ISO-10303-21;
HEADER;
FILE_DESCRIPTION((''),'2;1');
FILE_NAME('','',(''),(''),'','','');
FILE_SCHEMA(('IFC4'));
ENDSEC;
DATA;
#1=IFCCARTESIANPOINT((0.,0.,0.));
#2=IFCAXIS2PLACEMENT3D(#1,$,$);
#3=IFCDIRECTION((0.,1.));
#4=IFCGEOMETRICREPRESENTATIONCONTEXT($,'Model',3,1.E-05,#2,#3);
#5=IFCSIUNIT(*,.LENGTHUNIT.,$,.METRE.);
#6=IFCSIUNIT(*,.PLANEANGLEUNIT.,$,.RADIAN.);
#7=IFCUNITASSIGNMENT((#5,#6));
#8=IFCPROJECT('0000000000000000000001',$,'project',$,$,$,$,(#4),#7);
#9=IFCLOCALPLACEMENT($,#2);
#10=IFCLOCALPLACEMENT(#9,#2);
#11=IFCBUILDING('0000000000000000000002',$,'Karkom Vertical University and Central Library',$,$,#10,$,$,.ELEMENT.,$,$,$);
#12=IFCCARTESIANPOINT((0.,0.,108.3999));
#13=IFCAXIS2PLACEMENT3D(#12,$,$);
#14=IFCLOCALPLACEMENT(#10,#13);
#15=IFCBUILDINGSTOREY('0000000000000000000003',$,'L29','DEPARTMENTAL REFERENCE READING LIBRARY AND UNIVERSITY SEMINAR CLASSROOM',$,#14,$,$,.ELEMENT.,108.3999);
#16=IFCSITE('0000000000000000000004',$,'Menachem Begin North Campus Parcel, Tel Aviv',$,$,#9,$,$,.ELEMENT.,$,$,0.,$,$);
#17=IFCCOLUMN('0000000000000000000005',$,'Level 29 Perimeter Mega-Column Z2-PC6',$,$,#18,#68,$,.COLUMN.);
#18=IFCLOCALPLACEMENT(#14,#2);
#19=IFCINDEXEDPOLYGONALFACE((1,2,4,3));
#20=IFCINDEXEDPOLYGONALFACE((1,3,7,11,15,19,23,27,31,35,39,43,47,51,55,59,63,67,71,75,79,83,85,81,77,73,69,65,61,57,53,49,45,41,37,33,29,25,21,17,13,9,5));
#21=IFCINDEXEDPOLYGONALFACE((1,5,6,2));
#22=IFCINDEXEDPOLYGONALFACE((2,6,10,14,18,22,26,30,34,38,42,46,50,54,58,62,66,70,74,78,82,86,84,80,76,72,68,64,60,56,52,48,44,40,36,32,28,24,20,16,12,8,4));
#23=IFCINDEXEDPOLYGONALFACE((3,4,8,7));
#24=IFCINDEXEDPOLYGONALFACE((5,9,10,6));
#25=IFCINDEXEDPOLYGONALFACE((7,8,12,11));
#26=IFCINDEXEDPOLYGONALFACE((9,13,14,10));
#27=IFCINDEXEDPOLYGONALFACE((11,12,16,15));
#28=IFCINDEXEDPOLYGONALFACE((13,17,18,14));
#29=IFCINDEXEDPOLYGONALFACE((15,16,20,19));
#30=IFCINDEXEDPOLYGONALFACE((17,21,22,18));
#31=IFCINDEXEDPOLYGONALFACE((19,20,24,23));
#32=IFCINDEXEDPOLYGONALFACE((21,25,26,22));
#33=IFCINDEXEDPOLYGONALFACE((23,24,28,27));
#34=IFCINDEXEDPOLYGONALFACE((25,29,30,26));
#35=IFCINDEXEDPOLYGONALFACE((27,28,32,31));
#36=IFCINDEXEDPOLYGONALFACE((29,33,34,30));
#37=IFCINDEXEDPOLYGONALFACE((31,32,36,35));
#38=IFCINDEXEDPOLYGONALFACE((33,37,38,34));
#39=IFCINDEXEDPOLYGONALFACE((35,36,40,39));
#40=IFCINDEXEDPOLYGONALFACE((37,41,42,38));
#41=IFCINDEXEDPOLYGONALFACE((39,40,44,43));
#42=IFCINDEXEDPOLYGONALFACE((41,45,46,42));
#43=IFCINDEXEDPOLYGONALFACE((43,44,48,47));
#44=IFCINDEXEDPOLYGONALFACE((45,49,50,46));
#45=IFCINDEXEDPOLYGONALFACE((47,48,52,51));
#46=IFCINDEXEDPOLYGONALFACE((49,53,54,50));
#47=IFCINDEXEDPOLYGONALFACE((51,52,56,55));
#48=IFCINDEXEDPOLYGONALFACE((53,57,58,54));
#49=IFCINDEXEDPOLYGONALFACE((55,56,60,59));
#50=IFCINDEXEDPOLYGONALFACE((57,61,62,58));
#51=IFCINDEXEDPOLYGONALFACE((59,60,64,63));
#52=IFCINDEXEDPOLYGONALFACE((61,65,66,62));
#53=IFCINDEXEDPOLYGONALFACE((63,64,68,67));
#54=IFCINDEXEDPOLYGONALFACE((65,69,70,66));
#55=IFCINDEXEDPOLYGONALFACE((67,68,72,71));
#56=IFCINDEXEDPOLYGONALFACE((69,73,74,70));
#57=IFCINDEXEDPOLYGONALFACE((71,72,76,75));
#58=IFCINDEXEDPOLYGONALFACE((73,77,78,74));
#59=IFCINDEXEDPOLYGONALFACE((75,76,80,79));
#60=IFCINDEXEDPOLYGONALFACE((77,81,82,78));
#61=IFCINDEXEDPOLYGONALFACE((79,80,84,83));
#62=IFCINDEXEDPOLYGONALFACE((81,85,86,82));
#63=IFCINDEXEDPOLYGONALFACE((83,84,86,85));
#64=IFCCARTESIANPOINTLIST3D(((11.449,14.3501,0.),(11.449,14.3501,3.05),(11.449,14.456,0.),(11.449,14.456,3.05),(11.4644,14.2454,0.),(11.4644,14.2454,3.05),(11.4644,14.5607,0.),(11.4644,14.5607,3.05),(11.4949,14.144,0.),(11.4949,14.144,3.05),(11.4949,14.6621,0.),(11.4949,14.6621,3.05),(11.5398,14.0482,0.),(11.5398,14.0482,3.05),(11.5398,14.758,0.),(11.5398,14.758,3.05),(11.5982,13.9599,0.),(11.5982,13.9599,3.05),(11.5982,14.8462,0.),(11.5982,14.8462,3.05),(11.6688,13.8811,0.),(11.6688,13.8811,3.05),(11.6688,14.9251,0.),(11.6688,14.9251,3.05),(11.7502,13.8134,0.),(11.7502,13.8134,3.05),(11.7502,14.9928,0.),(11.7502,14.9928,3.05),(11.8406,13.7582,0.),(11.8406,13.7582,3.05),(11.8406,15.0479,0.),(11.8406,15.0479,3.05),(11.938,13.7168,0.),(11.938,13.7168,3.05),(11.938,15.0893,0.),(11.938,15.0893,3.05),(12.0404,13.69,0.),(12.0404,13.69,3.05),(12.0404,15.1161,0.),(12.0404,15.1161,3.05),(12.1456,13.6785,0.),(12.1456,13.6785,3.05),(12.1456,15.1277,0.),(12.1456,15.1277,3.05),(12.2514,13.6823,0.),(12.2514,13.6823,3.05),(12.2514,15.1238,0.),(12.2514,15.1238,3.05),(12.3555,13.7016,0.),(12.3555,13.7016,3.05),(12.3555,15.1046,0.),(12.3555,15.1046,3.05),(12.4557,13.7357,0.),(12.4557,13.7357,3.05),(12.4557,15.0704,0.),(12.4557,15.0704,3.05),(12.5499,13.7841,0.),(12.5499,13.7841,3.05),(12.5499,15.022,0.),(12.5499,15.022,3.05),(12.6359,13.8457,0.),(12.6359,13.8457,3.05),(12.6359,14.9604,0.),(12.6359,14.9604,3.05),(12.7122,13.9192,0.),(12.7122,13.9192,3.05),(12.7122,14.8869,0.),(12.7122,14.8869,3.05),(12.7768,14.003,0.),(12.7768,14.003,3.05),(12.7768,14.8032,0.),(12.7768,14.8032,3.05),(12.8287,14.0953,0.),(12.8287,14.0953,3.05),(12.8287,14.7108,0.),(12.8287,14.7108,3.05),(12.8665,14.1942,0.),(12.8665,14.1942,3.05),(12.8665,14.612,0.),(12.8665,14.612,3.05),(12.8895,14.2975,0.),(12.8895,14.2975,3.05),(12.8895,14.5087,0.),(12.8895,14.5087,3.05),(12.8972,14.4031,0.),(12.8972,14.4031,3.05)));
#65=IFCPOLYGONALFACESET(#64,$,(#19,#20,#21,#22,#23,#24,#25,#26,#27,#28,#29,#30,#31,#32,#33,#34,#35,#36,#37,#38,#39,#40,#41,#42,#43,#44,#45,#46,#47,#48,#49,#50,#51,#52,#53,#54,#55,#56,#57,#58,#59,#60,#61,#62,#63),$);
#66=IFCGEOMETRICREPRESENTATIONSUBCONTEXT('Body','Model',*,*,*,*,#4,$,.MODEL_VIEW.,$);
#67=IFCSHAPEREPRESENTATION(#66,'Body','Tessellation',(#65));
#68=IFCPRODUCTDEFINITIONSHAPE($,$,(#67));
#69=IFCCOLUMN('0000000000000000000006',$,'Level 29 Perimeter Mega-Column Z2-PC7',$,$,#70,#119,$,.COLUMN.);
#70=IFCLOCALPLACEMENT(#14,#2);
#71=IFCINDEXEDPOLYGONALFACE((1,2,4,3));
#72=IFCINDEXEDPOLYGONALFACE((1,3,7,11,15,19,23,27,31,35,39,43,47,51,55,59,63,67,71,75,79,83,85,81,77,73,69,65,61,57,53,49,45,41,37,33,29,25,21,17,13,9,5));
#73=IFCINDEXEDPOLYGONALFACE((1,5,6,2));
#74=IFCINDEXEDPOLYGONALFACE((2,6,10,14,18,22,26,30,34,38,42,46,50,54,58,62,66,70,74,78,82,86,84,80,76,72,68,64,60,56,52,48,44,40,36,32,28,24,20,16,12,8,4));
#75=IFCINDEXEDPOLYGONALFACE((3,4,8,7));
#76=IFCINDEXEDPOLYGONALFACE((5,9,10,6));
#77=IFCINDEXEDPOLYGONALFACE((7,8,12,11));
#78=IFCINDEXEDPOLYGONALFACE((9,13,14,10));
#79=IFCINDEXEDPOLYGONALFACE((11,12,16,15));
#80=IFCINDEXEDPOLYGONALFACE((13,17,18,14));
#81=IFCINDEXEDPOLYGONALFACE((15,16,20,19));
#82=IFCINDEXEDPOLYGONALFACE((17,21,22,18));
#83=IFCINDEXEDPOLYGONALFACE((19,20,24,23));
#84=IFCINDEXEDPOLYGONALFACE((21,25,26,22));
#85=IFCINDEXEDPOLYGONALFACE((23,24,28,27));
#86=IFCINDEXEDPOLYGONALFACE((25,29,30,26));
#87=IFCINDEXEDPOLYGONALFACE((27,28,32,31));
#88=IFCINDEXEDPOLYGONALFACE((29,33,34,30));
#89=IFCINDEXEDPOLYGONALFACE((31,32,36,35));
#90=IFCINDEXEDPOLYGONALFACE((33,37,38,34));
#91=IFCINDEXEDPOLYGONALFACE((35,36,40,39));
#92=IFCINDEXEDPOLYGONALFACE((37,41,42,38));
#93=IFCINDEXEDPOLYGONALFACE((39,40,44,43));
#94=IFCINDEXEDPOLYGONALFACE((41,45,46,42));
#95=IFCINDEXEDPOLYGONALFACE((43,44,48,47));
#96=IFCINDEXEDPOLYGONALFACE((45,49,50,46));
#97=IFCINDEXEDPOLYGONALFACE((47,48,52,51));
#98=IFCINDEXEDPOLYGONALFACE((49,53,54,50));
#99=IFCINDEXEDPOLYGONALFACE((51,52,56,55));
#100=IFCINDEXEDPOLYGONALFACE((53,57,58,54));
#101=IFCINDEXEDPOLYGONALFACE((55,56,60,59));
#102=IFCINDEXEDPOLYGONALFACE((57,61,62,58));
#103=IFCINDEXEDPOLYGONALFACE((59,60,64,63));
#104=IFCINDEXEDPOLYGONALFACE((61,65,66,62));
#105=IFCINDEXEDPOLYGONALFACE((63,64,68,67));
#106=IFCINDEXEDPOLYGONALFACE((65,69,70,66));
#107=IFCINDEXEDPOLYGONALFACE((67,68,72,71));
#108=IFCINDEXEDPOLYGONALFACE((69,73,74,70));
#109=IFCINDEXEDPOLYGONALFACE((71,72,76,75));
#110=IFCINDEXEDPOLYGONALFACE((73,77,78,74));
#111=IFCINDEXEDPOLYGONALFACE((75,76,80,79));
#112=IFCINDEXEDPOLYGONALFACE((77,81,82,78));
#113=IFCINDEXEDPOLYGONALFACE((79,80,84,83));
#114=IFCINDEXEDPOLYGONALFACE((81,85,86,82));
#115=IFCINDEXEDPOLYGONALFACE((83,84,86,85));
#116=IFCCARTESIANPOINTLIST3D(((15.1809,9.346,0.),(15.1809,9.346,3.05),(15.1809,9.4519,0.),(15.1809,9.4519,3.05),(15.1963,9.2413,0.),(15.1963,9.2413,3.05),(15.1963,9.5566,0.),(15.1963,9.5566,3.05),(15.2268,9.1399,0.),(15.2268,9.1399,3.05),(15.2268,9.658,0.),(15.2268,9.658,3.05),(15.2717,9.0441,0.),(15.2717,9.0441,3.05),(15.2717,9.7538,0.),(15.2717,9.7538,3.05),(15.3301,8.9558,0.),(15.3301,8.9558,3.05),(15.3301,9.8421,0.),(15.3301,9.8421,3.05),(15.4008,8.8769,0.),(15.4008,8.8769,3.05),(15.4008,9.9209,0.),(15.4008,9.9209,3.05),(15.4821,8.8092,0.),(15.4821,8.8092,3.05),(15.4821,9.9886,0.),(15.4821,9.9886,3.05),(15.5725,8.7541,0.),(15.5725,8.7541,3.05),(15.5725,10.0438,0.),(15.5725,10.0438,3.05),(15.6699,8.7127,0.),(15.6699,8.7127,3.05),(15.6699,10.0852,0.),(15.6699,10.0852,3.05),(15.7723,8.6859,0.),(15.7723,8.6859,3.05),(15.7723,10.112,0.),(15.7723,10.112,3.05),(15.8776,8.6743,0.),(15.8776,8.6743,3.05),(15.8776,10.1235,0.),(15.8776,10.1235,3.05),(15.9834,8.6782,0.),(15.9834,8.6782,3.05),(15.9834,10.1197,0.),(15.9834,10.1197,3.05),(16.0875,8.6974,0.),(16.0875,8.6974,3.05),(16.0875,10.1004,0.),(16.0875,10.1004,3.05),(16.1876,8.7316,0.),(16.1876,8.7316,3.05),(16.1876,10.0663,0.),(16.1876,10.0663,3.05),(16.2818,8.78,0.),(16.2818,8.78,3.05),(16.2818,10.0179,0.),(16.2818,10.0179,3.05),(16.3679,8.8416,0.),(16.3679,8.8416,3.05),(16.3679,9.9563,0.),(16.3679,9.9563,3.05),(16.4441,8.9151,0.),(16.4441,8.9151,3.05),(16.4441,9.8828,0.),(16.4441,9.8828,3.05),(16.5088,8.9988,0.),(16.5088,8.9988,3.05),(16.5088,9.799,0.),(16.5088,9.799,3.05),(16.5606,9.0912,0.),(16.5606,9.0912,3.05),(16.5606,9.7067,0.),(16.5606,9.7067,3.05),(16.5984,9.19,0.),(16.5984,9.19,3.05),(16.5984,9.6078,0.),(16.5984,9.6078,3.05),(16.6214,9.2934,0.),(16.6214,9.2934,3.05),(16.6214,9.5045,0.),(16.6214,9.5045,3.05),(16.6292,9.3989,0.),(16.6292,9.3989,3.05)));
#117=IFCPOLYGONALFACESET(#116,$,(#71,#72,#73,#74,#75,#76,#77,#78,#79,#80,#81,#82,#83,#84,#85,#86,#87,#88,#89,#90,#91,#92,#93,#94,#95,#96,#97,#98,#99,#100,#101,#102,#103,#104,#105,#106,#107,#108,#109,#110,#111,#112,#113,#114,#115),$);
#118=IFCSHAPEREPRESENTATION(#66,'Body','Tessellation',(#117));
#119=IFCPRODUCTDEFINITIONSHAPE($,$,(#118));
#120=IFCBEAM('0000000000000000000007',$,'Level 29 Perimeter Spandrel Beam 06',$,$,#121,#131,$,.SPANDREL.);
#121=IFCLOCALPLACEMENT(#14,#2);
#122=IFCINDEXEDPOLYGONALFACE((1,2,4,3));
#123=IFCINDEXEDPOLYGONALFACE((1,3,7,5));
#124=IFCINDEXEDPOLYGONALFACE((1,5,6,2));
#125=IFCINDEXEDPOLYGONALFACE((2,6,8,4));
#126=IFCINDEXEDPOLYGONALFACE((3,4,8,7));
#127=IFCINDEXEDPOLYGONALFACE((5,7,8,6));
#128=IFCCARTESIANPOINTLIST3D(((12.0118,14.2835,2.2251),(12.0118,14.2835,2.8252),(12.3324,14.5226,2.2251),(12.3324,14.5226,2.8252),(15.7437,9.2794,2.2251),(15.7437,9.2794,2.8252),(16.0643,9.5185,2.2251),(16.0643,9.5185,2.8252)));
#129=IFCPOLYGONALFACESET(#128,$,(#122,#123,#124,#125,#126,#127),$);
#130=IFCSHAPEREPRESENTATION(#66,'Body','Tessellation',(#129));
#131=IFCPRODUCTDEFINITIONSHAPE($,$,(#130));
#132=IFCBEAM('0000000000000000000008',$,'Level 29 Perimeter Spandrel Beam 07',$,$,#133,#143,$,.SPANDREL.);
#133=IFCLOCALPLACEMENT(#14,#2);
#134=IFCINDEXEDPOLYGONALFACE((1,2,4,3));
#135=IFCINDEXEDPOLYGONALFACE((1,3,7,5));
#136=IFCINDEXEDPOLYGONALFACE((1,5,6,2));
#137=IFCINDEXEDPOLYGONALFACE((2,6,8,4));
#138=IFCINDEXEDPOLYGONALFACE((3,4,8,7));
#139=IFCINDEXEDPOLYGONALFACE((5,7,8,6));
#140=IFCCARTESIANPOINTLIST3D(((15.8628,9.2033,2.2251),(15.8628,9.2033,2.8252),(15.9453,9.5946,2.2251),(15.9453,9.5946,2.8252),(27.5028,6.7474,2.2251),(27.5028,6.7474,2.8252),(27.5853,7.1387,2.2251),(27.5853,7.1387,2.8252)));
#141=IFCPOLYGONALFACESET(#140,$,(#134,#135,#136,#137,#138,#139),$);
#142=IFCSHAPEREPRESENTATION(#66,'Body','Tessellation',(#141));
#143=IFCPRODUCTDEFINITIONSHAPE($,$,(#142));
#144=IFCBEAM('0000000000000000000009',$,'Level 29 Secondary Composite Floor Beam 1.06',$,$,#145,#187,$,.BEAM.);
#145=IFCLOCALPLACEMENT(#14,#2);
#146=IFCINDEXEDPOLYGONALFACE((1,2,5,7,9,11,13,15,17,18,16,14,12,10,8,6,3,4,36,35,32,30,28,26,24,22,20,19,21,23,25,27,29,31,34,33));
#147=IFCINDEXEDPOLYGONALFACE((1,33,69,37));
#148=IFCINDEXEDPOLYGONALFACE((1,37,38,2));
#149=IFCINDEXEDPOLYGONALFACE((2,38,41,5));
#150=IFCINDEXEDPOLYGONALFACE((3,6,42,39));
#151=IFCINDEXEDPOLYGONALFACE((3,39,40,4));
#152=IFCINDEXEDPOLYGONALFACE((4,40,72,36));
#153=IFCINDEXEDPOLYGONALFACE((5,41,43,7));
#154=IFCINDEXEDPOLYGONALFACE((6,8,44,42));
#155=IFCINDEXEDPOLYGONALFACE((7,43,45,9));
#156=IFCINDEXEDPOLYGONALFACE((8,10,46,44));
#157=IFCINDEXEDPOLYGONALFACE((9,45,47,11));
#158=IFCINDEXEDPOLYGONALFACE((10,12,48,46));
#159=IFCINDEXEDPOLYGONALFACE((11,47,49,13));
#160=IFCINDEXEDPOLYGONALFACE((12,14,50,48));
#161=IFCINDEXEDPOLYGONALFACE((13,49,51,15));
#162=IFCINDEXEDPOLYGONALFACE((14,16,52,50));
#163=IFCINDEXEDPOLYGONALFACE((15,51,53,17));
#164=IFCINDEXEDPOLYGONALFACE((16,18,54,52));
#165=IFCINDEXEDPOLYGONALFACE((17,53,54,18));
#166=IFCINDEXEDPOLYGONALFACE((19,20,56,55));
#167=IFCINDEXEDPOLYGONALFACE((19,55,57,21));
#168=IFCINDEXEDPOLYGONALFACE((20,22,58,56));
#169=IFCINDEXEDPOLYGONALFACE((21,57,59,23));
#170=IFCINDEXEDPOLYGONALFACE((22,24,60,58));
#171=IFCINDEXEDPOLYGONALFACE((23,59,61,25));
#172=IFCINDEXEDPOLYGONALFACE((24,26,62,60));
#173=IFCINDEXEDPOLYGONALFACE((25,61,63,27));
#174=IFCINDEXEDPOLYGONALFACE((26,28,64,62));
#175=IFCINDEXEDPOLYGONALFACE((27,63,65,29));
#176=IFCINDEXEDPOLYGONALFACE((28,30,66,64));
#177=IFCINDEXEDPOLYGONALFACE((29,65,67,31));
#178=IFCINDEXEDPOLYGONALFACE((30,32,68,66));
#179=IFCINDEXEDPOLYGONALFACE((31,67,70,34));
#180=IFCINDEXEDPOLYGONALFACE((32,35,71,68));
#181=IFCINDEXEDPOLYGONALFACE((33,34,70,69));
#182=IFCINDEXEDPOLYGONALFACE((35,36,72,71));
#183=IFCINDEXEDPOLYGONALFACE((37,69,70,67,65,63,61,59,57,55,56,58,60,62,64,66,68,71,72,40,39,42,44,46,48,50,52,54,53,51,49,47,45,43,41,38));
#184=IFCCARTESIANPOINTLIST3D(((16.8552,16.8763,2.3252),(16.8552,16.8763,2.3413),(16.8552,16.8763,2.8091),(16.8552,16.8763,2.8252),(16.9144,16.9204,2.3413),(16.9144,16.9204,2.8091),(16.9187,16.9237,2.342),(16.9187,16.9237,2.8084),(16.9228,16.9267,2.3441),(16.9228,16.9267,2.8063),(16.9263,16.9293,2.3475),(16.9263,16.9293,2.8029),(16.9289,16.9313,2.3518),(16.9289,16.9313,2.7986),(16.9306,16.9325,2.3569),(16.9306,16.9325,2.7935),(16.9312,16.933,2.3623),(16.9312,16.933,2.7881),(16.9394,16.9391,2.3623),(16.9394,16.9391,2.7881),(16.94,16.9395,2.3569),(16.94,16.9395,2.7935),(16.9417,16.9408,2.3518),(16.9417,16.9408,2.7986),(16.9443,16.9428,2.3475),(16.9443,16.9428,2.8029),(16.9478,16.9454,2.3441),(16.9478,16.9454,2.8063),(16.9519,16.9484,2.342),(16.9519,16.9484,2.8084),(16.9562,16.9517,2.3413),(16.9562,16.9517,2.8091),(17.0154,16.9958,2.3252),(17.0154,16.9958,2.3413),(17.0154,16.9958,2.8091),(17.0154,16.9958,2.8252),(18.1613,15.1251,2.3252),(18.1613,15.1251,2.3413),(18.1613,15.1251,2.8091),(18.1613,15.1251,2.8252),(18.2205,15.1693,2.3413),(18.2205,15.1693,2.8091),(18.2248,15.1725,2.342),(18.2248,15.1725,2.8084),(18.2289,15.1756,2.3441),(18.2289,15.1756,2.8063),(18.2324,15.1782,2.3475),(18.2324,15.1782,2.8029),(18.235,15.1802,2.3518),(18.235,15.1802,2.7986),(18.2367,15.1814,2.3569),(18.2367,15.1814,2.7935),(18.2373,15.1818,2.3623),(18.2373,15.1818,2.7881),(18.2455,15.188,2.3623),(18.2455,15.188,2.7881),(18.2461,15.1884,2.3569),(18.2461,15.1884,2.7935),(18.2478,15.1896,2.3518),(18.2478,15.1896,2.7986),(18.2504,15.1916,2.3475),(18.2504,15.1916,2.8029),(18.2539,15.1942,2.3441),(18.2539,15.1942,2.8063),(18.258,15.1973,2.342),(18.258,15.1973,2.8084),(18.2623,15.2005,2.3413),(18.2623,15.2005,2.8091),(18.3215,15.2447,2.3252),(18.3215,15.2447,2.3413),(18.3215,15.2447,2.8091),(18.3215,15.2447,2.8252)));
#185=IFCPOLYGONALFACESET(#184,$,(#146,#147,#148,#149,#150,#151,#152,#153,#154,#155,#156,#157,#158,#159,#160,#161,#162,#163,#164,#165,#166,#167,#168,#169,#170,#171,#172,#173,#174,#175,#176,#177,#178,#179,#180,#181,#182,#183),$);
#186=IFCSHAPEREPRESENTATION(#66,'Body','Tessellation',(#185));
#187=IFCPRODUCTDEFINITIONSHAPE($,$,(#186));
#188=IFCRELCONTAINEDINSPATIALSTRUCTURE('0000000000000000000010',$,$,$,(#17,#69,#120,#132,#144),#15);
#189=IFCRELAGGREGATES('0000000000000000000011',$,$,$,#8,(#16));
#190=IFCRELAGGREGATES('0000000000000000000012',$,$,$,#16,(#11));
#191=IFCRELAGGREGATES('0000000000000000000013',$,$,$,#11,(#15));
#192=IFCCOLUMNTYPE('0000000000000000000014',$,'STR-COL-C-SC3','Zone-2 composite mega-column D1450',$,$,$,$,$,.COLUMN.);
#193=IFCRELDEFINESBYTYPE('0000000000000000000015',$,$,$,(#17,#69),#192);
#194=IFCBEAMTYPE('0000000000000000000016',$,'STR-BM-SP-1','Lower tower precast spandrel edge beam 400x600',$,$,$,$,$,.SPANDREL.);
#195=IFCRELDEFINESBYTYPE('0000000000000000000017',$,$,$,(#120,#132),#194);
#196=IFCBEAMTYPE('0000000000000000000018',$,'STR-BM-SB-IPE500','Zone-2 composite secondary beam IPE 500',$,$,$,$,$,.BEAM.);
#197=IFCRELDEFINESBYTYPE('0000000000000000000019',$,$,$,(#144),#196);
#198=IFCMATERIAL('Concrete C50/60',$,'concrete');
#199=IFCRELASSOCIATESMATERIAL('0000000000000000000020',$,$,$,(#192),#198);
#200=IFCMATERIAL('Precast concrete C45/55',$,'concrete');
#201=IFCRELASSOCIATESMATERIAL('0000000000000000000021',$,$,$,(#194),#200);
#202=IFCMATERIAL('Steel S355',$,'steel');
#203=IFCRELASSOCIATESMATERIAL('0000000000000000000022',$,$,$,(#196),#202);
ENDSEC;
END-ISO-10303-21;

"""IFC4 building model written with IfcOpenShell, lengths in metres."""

from ifc_helpers import new_model, si_unit, direction, frame, origin, origin_with_axes, origin_2d, place, context, subcontext, project, spatial, rectangle, circle, i_section, extrude, source, transform, mapped, material, material_profile, profile_set, type_object, element, save


model = new_model("IFC4")

# Units and contexts
model_context = context("Model", 3, precision=1e-05, world=origin(), true_north=direction((0.0, 1.0)))
body_context = subcontext(model_context, "Body", "Model", "MODEL_VIEW")
ifc_project = project(units=[si_unit("LENGTHUNIT", "METRE"), si_unit("PLANEANGLEUNIT", "RADIAN")], contexts=[model_context])

# Site, building, storey
site_placement = place(None, origin())
site = spatial("IfcSite", under=ifc_project, at=site_placement, Name="Menachem Begin North Campus Parcel, Tel Aviv", CompositionType="ELEMENT", RefElevation=0.0)
building_placement = place(site_placement, origin())
building = spatial("IfcBuilding", under=site, at=building_placement, Name="Karkom Vertical University and Central Library", CompositionType="ELEMENT")
storey_placement = place(building_placement, frame((0.0, 0.0, 108.3999)))
storey = spatial("IfcBuildingStorey", under=building, at=storey_placement, Name="L29", Description="DEPARTMENTAL REFERENCE READING LIBRARY AND UNIVERSITY SEMINAR CLASSROOM", CompositionType="ELEMENT", Elevation=108.3999)

# Columns
ifc_material_1 = material(Name="Concrete C50/60", Category="concrete")
ifc_material_profile_1 = material_profile(ifc_material_1, circle(Radius=0.7251, at=origin_2d()), Name="CFT-D1450")
ifc_profile_set_1 = profile_set([ifc_material_profile_1], Name="Concrete C50/60")
column_type = type_object("IfcColumnType", Name="STR-COL-C-SC3", Description="Zone-2 composite mega-column D1450", PredefinedType="COLUMN", material=ifc_profile_set_1)
shared_shape_1 = source(origin_with_axes(), body_context, "Body", "SweptSolid", [
    extrude(circle(Radius=0.7251, at=origin_2d()), origin(), (0.0, 0.0, 1.0), 3.05),
])
for number, where, z_axis, x_axis, name in (
    (1, (12.1721, 14.4031, 0.0), (0.0, 0.0, 1.0), (1.0, 0.0, 0.0), "Level 29 Perimeter Mega-Column Z2-PC6"),
    (2, (15.9041, 9.3989, 0.0), (0.0, 0.0, 1.0), (1.0, 0.0, 0.0), "Level 29 Perimeter Mega-Column Z2-PC7"),
):
    element("IfcColumn", number, at=place(storey_placement, frame(where, z_axis=z_axis, x_axis=x_axis)), inside=storey, type_object=column_type, Name=name, PredefinedType="COLUMN", context=body_context, shape_type="MappedRepresentation", body=[
        mapped(shared_shape_1, transform((0.0, 0.0, 0.0), scale=1.0)),
    ])

# Beams
ifc_material_2 = material(Name="Precast concrete C45/55", Category="concrete")
ifc_material_profile_2 = material_profile(ifc_material_2, rectangle(XDim=0.3999, YDim=0.6001, at=origin_2d()), Name="SPB-400x600")
ifc_profile_set_2 = profile_set([ifc_material_profile_2], Name="Precast concrete C45/55")
beam_type_1 = type_object("IfcBeamType", Name="STR-BM-SP-1", Description="Lower tower precast spandrel edge beam 400x600", PredefinedType="SPANDREL", material=ifc_profile_set_2)
shared_shape_2 = source(origin_with_axes(), body_context, "Body", "SweptSolid", [
    extrude(rectangle(XDim=0.3999, YDim=0.6001, at=origin_2d()), origin(), (0.0, 0.0, 1.0), 6.2424),
])
beam_1_placement = place(storey_placement, frame((12.1721, 14.4031, 2.5251), z_axis=(0.597826, -0.801626, 0.0), x_axis=(0.801626, 0.597826, 0.0)))
element("IfcBeam", 3, at=beam_1_placement, inside=storey, type_object=beam_type_1, Name="Level 29 Perimeter Spandrel Beam 06", PredefinedType="SPANDREL", context=body_context, shape_type="MappedRepresentation", body=[
    mapped(shared_shape_2, transform((0.0, 0.0, 0.0), scale=1.0)),
])
shared_shape_3 = source(origin_with_axes(), body_context, "Body", "SweptSolid", [
    extrude(rectangle(XDim=0.3999, YDim=0.6001, at=origin_2d()), origin(), (0.0, 0.0, 1.0), 11.8962),
])
beam_2_placement = place(storey_placement, frame((15.9041, 9.3989, 2.5251), z_axis=(0.97846, -0.206438, 0.0), x_axis=(0.206438, 0.97846, 0.0)))
element("IfcBeam", 4, at=beam_2_placement, inside=storey, type_object=beam_type_1, Name="Level 29 Perimeter Spandrel Beam 07", PredefinedType="SPANDREL", context=body_context, shape_type="MappedRepresentation", body=[
    mapped(shared_shape_3, transform((0.0, 0.0, 0.0), scale=1.0)),
])
ifc_material_3 = material(Name="Steel S355", Category="steel")
ifc_material_profile_3 = material_profile(ifc_material_3, i_section(OverallWidth=0.2, OverallDepth=0.5, WebThickness=0.0103, FlangeThickness=0.0161, FilletRadius=0.021, at=origin_2d()), Name="IPE 500")
ifc_profile_set_3 = profile_set([ifc_material_profile_3], Name="Steel S355")
beam_type_2 = type_object("IfcBeamType", Name="STR-BM-SB-IPE500", Description="Zone-2 composite secondary beam IPE 500", PredefinedType="BEAM", material=ifc_profile_set_3)
shared_shape_4 = source(origin_with_axes(), body_context, "Body", "SweptSolid", [
    extrude(i_section(OverallWidth=0.2, OverallDepth=0.5, WebThickness=0.0103, FlangeThickness=0.0161, FilletRadius=0.021, at=origin_2d()), origin(), (0.0, 0.0, 1.0), 2.1846),
])
beam_3_placement = place(storey_placement, frame((16.9353, 16.936, 2.5752), z_axis=(0.59787, -0.801593, 0.0), x_axis=(0.801593, 0.59787, 0.0)))
element("IfcBeam", 5, at=beam_3_placement, inside=storey, type_object=beam_type_2, Name="Level 29 Secondary Composite Floor Beam 1.06", PredefinedType="BEAM", context=body_context, shape_type="MappedRepresentation", body=[
    mapped(shared_shape_4, transform((0.0, 0.0, 0.0), scale=1.0)),
])

save(model, "model.ifc")
